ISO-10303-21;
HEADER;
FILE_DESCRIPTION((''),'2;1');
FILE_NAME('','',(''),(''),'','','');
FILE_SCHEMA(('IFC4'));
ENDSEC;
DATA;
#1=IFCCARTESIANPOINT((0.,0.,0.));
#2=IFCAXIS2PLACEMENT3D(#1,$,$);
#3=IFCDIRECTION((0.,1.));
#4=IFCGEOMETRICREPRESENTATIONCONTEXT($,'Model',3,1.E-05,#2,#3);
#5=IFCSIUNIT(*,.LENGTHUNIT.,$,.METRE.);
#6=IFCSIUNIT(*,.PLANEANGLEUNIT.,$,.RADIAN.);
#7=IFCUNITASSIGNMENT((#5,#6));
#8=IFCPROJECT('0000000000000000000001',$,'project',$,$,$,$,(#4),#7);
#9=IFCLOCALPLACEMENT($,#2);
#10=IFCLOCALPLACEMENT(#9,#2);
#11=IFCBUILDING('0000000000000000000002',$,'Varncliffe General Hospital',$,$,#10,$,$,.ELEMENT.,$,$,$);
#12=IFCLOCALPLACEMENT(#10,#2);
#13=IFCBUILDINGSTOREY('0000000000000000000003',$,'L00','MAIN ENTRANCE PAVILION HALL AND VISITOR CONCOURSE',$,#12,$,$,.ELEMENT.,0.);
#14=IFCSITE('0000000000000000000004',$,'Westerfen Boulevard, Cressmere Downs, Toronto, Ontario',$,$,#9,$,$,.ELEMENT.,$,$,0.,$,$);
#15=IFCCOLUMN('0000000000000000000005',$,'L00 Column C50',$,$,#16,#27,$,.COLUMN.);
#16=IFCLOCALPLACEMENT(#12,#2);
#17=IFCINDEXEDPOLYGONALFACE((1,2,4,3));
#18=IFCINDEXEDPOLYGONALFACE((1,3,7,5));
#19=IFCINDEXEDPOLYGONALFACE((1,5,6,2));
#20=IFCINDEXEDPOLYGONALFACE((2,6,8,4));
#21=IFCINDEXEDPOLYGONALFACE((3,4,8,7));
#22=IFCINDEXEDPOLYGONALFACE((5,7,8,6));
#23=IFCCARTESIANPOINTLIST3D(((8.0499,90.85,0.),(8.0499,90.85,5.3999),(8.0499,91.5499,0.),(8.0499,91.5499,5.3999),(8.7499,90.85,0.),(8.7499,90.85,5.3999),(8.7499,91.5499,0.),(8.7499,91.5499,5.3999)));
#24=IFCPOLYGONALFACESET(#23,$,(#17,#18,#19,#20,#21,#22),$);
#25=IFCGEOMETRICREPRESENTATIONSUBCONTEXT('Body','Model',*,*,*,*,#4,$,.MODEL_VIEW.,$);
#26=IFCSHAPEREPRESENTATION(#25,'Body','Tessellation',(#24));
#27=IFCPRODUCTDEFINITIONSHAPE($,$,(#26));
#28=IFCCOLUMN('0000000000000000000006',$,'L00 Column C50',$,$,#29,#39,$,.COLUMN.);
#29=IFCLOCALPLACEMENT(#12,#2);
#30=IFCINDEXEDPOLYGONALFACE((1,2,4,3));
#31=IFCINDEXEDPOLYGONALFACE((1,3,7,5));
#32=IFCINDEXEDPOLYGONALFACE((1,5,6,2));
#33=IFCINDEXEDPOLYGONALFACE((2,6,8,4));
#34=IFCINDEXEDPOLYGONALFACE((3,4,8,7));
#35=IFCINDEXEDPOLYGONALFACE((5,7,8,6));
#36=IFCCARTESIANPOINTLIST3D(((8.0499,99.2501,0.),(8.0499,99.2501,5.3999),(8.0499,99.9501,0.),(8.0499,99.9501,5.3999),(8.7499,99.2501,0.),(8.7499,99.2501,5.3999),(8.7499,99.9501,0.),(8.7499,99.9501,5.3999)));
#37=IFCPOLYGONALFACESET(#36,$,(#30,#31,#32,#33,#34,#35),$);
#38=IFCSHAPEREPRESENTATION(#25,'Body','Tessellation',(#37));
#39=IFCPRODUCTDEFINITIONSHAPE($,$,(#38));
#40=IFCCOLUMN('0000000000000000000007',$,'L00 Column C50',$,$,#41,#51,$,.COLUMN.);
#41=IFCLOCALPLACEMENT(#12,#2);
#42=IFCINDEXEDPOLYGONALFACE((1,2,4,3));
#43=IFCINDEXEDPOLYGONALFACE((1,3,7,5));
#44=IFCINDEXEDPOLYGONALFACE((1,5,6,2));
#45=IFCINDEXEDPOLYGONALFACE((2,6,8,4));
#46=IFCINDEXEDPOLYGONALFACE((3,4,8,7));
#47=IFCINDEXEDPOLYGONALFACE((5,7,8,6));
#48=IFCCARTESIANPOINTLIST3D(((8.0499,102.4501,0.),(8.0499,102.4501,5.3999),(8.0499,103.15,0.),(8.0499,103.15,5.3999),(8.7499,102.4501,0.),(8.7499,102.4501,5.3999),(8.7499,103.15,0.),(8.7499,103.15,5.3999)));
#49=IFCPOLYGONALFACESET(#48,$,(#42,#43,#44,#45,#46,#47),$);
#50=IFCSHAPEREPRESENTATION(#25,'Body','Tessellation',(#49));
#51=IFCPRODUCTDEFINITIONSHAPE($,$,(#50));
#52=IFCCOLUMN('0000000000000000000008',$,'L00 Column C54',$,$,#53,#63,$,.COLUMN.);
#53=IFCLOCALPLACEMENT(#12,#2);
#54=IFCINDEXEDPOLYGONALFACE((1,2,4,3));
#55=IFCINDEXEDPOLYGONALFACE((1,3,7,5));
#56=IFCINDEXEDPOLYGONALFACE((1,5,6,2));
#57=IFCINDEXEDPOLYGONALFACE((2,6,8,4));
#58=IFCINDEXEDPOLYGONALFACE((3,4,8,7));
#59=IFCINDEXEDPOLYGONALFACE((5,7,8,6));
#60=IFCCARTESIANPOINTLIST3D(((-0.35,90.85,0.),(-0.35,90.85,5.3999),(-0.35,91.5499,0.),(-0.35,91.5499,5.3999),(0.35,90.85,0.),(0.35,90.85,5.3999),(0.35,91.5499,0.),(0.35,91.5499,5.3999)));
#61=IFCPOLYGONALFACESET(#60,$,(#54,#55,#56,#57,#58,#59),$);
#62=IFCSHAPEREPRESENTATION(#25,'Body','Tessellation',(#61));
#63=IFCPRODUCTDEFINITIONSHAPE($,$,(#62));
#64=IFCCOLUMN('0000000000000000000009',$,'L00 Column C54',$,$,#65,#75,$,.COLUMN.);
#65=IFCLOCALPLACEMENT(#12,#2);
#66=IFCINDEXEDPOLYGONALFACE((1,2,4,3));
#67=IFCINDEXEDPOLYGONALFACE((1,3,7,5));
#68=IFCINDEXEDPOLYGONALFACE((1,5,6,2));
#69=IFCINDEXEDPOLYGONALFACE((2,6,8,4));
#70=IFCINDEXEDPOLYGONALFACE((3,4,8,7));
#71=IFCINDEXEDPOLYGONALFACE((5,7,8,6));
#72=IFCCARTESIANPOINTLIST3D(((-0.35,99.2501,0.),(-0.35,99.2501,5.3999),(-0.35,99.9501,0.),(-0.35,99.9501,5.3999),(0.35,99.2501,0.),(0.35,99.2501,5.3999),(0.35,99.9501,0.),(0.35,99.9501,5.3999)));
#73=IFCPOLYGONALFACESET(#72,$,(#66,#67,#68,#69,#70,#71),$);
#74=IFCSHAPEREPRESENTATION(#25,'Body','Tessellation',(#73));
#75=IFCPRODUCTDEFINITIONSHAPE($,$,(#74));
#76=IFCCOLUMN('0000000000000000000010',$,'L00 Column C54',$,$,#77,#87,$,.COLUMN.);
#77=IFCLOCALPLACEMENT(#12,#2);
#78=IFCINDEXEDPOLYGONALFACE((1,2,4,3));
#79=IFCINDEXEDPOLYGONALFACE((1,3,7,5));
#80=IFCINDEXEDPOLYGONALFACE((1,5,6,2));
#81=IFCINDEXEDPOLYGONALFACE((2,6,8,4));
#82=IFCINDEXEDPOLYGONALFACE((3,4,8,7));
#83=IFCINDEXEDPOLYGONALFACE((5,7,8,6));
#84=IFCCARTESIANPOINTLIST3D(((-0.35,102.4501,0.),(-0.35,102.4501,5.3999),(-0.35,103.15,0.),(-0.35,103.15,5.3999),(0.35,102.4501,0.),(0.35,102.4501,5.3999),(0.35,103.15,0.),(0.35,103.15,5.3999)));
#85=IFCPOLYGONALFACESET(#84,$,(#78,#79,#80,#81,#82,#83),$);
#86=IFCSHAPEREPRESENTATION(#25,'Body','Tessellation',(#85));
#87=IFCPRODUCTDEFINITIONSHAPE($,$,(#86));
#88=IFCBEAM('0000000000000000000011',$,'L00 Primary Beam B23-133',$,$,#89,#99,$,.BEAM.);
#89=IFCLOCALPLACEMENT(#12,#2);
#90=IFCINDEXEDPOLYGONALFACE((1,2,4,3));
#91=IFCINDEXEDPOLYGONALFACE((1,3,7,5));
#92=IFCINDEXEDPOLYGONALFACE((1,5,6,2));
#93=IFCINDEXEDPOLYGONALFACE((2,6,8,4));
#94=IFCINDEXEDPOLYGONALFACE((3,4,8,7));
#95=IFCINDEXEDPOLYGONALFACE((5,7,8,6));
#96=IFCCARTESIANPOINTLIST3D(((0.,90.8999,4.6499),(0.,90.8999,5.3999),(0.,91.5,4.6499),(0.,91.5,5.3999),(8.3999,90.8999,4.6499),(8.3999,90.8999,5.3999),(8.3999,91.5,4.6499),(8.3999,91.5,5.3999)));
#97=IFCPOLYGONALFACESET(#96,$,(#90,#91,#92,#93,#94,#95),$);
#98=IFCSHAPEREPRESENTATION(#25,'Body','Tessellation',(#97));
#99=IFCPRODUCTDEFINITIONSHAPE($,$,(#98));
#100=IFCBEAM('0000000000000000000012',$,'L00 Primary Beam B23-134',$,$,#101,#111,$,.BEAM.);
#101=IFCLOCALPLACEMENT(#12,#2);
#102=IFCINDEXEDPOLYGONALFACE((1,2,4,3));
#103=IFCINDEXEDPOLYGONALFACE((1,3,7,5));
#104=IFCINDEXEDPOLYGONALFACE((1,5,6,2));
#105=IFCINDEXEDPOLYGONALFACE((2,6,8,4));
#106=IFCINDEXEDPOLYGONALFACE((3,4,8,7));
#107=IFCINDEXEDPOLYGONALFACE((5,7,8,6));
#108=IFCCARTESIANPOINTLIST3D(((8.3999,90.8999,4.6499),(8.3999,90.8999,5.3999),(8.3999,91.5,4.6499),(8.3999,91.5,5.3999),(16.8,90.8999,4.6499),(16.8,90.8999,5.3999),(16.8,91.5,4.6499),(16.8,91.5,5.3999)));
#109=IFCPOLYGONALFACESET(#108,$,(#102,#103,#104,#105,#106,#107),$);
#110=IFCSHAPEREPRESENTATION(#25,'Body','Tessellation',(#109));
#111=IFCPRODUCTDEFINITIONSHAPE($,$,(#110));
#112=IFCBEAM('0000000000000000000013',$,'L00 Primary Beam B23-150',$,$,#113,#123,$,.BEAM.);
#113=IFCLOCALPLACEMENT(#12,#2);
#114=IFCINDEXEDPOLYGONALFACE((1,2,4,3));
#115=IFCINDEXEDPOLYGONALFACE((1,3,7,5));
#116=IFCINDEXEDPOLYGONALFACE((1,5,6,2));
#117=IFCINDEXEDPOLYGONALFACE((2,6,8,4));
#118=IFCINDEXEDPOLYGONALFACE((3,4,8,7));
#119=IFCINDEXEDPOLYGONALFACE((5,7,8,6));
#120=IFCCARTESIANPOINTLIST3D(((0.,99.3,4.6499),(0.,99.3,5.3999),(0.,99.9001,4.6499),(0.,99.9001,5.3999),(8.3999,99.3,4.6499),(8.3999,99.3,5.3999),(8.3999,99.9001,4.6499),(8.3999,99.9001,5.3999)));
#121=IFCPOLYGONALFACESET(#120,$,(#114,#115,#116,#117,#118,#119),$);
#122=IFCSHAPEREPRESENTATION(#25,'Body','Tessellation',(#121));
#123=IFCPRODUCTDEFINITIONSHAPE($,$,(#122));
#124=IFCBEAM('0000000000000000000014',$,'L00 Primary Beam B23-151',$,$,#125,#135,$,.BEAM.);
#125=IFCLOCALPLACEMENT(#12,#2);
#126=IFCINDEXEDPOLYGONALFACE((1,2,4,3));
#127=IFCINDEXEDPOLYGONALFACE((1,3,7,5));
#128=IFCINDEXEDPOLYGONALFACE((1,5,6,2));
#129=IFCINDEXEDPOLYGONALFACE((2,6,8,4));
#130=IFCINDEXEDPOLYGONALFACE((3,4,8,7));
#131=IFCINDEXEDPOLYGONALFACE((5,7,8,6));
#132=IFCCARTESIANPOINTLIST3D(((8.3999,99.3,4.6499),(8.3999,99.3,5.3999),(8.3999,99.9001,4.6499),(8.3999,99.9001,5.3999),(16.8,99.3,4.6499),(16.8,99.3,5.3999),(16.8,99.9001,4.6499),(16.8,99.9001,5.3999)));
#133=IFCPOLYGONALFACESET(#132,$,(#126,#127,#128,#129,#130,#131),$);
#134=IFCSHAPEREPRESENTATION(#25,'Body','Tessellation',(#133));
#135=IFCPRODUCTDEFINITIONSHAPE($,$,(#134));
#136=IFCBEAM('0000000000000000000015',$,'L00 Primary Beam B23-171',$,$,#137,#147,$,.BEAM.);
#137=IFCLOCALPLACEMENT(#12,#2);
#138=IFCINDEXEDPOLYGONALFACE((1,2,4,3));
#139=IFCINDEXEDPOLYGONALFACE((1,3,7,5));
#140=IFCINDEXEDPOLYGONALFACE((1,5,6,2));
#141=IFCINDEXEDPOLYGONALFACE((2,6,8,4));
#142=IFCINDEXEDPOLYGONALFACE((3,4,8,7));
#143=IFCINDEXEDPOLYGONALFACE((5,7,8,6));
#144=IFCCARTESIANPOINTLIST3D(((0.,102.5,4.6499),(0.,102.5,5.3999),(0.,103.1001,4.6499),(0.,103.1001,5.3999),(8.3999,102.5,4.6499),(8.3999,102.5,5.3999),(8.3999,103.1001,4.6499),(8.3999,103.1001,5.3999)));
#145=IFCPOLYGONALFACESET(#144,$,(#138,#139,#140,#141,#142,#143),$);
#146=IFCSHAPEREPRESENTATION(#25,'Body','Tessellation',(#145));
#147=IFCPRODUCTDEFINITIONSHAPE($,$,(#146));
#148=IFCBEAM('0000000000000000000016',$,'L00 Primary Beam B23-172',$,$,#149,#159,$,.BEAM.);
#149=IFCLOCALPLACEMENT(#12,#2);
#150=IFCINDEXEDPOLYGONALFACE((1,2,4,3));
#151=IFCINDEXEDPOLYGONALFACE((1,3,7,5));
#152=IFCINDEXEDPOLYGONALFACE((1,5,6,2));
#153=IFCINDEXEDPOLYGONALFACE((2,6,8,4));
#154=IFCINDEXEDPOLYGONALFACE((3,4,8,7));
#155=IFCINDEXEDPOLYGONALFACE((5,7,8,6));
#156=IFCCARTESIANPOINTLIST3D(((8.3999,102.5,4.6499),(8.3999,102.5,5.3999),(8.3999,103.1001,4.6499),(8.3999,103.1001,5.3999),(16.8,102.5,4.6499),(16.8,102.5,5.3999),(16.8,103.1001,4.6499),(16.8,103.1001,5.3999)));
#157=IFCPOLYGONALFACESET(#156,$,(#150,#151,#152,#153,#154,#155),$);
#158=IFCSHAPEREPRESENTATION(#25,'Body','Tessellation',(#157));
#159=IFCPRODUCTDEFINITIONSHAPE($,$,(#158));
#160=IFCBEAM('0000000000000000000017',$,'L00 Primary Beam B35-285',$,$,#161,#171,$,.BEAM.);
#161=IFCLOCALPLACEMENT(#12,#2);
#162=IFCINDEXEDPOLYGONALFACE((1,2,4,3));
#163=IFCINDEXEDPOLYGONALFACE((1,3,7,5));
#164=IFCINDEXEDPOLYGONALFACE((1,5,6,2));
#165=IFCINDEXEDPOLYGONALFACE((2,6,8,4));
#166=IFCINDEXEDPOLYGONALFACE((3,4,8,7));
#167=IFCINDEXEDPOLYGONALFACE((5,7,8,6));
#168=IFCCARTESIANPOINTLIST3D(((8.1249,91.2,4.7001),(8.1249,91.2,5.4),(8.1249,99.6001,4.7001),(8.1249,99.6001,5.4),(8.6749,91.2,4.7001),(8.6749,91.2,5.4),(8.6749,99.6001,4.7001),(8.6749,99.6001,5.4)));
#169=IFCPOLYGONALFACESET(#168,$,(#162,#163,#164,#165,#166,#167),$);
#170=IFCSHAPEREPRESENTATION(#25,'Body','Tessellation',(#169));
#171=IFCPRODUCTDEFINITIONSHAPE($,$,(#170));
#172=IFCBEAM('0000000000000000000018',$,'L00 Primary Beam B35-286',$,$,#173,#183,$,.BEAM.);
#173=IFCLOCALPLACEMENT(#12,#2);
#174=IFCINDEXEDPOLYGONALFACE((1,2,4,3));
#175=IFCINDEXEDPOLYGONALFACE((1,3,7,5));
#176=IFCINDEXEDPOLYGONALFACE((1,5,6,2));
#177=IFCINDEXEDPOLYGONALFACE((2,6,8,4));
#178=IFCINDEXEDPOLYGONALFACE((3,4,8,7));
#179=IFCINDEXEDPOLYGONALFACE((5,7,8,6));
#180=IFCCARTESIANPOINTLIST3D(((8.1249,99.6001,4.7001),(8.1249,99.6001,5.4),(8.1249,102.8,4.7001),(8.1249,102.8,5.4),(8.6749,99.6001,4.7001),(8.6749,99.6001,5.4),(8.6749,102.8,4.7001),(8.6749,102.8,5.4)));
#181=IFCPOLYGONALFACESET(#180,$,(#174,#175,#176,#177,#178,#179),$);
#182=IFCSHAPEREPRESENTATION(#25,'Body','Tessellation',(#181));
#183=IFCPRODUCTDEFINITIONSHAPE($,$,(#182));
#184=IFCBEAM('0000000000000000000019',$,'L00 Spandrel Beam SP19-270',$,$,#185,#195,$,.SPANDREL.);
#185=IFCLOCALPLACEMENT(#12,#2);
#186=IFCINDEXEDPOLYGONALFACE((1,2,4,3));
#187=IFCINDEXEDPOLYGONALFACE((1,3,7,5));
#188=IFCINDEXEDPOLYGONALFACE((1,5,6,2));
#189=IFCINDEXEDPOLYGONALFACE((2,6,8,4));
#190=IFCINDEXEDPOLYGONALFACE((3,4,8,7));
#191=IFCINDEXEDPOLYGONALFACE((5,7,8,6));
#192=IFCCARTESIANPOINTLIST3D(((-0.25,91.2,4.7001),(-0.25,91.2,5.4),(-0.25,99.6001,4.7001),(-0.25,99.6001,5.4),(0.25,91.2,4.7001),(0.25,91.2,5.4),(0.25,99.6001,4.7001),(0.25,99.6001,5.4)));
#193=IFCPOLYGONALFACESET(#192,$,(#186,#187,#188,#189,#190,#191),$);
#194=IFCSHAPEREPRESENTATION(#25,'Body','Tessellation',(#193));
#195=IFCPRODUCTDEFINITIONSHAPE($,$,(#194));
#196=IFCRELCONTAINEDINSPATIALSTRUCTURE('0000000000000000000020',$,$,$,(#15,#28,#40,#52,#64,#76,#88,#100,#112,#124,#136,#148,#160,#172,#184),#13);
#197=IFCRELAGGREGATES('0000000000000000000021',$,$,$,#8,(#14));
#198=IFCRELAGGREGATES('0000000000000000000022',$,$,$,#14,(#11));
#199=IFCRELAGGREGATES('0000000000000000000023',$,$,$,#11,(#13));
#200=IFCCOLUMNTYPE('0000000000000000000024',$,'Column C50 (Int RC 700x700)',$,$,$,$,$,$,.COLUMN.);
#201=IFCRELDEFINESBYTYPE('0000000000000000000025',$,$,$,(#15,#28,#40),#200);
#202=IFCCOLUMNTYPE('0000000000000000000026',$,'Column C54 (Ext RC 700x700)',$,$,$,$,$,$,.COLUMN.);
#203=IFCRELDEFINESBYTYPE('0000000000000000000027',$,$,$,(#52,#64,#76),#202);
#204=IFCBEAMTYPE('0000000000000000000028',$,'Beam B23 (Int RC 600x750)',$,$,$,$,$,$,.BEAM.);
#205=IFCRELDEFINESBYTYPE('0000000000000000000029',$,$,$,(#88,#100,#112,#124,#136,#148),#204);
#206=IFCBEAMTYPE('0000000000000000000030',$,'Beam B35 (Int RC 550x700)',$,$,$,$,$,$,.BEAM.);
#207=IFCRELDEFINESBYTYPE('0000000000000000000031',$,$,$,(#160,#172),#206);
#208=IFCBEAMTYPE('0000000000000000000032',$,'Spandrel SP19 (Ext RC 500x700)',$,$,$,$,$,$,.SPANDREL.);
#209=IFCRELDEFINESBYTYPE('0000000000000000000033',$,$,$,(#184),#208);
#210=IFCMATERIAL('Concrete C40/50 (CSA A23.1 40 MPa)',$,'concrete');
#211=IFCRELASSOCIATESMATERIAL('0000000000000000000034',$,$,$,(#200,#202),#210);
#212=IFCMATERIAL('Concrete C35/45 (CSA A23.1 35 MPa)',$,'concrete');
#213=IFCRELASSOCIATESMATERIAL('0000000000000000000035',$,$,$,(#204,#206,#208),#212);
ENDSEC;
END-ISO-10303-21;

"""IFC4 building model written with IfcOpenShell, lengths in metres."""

from ifc_helpers import new_model, si_unit, direction, frame, origin, origin_2d, place, context, subcontext, project, spatial, rectangle, extrude, material, material_profile, profile_set, type_object, element, save


model = new_model("IFC4")

# Units and contexts
model_context = context("Model", 3, precision=1e-05, world=origin(), true_north=direction((0.0, 1.0)))
body_context = subcontext(model_context, "Body", "Model", "MODEL_VIEW")
ifc_project = project(units=[si_unit("LENGTHUNIT", "METRE"), si_unit("PLANEANGLEUNIT", "RADIAN")], contexts=[model_context])

# Site, building, storey
site_placement = place(None, origin())
site = spatial("IfcSite", under=ifc_project, at=site_placement, Name="Westerfen Boulevard, Cressmere Downs, Toronto, Ontario", CompositionType="ELEMENT", RefElevation=0.0)
building_placement = place(site_placement, origin())
building = spatial("IfcBuilding", under=site, at=building_placement, Name="Varncliffe General Hospital", CompositionType="ELEMENT")
storey_placement = place(building_placement, origin())
storey = spatial("IfcBuildingStorey", under=building, at=storey_placement, Name="L00", Description="MAIN ENTRANCE PAVILION HALL AND VISITOR CONCOURSE", CompositionType="ELEMENT", Elevation=0.0)

# Columns
ifc_material_1 = material(Name="Concrete C40/50 (CSA A23.1 40 MPa)", Category="concrete")
ifc_material_profile_1 = material_profile(ifc_material_1, rectangle(XDim=0.7, YDim=0.7, at=origin_2d()), Name="RC 700x700")
ifc_profile_set_1 = profile_set([ifc_material_profile_1], Name="Concrete C40/50 (CSA A23.1 40 MPa)")
column_type_1 = type_object("IfcColumnType", Name="Column C50 (Int RC 700x700)", PredefinedType="COLUMN", material=ifc_profile_set_1)
for number, where, z_axis, x_axis, name in (
    (1, (8.3999, 91.2, 0.0), (0.0, 0.0, 1.0), (1.0, 0.0, 0.0), "L00 Column C50"),
    (2, (8.3999, 99.6001, 0.0), (0.0, 0.0, 1.0), (1.0, 0.0, 0.0), "L00 Column C50"),
    (3, (8.3999, 102.8, 0.0), (0.0, 0.0, 1.0), (1.0, 0.0, 0.0), "L00 Column C50"),
):
    element("IfcColumn", number, at=place(storey_placement, frame(where, z_axis=z_axis, x_axis=x_axis)), inside=storey, type_object=column_type_1, Name=name, PredefinedType="COLUMN", context=body_context, shape_type="SweptSolid", body=[
        extrude(rectangle(XDim=0.7, YDim=0.7, at=origin_2d()), origin(), (0.0, 0.0, 1.0), 5.3999),
    ])
ifc_material_profile_2 = material_profile(ifc_material_1, rectangle(XDim=0.7, YDim=0.7, at=origin_2d()), Name="RC 700x700")
ifc_profile_set_2 = profile_set([ifc_material_profile_2], Name="Concrete C40/50 (CSA A23.1 40 MPa)")
column_type_2 = type_object("IfcColumnType", Name="Column C54 (Ext RC 700x700)", PredefinedType="COLUMN", material=ifc_profile_set_2)
for number, where, z_axis, x_axis, name in (
    (4, (0.0, 91.2, 0.0), (0.0, 0.0, 1.0), (1.0, 0.0, 0.0), "L00 Column C54"),
    (5, (0.0, 99.6001, 0.0), (0.0, 0.0, 1.0), (1.0, 0.0, 0.0), "L00 Column C54"),
    (6, (0.0, 102.8, 0.0), (0.0, 0.0, 1.0), (1.0, 0.0, 0.0), "L00 Column C54"),
):
    element("IfcColumn", number, at=place(storey_placement, frame(where, z_axis=z_axis, x_axis=x_axis)), inside=storey, type_object=column_type_2, Name=name, PredefinedType="COLUMN", context=body_context, shape_type="SweptSolid", body=[
        extrude(rectangle(XDim=0.7, YDim=0.7, at=origin_2d()), origin(), (0.0, 0.0, 1.0), 5.3999),
    ])

# Beams
ifc_material_2 = material(Name="Concrete C35/45 (CSA A23.1 35 MPa)", Category="concrete")
ifc_material_profile_3 = material_profile(ifc_material_2, rectangle(XDim=0.6001, YDim=0.75, at=origin_2d()), Name="RC 600x750")
ifc_profile_set_3 = profile_set([ifc_material_profile_3], Name="Concrete C35/45 (CSA A23.1 35 MPa)")
beam_type_1 = type_object("IfcBeamType", Name="Beam B23 (Int RC 600x750)", PredefinedType="BEAM", material=ifc_profile_set_3)
beam_1_placement = place(storey_placement, frame((0.0, 91.2, 5.0249), z_axis=(1.0, 0.0, 0.0), x_axis=(0.0, 1.0, 0.0)))
element("IfcBeam", 7, at=beam_1_placement, inside=storey, type_object=beam_type_1, Name="L00 Primary Beam B23-133", PredefinedType="BEAM", context=body_context, shape_type="SweptSolid", body=[
    extrude(rectangle(XDim=0.6001, YDim=0.75, at=origin_2d()), origin(), (0.0, 0.0, 1.0), 8.3999),
])
beam_2_placement = place(storey_placement, frame((8.3999, 91.2, 5.0249), z_axis=(1.0, 0.0, 0.0), x_axis=(0.0, 1.0, 0.0)))
element("IfcBeam", 8, at=beam_2_placement, inside=storey, type_object=beam_type_1, Name="L00 Primary Beam B23-134", PredefinedType="BEAM", context=body_context, shape_type="SweptSolid", body=[
    extrude(rectangle(XDim=0.6001, YDim=0.75, at=origin_2d()), origin(), (0.0, 0.0, 1.0), 8.4001),
])
beam_3_placement = place(storey_placement, frame((0.0, 99.6001, 5.0249), z_axis=(1.0, 0.0, 0.0), x_axis=(0.0, 1.0, 0.0)))
element("IfcBeam", 9, at=beam_3_placement, inside=storey, type_object=beam_type_1, Name="L00 Primary Beam B23-150", PredefinedType="BEAM", context=body_context, shape_type="SweptSolid", body=[
    extrude(rectangle(XDim=0.6001, YDim=0.75, at=origin_2d()), origin(), (0.0, 0.0, 1.0), 8.3999),
])
beam_4_placement = place(storey_placement, frame((8.3999, 99.6001, 5.0249), z_axis=(1.0, 0.0, 0.0), x_axis=(0.0, 1.0, 0.0)))
element("IfcBeam", 10, at=beam_4_placement, inside=storey, type_object=beam_type_1, Name="L00 Primary Beam B23-151", PredefinedType="BEAM", context=body_context, shape_type="SweptSolid", body=[
    extrude(rectangle(XDim=0.6001, YDim=0.75, at=origin_2d()), origin(), (0.0, 0.0, 1.0), 8.4001),
])
beam_5_placement = place(storey_placement, frame((0.0, 102.8, 5.0249), z_axis=(1.0, 0.0, 0.0), x_axis=(0.0, 1.0, 0.0)))
element("IfcBeam", 11, at=beam_5_placement, inside=storey, type_object=beam_type_1, Name="L00 Primary Beam B23-171", PredefinedType="BEAM", context=body_context, shape_type="SweptSolid", body=[
    extrude(rectangle(XDim=0.6001, YDim=0.75, at=origin_2d()), origin(), (0.0, 0.0, 1.0), 8.3999),
])
beam_6_placement = place(storey_placement, frame((8.3999, 102.8, 5.0249), z_axis=(1.0, 0.0, 0.0), x_axis=(0.0, 1.0, 0.0)))
element("IfcBeam", 12, at=beam_6_placement, inside=storey, type_object=beam_type_1, Name="L00 Primary Beam B23-172", PredefinedType="BEAM", context=body_context, shape_type="SweptSolid", body=[
    extrude(rectangle(XDim=0.6001, YDim=0.75, at=origin_2d()), origin(), (0.0, 0.0, 1.0), 8.4001),
])
ifc_material_profile_4 = material_profile(ifc_material_2, rectangle(XDim=0.55, YDim=0.7, at=origin_2d()), Name="RC 550x700")
ifc_profile_set_4 = profile_set([ifc_material_profile_4], Name="Concrete C35/45 (CSA A23.1 35 MPa)")
beam_type_2 = type_object("IfcBeamType", Name="Beam B35 (Int RC 550x700)", PredefinedType="BEAM", material=ifc_profile_set_4)
beam_7_placement = place(storey_placement, frame((8.3999, 91.2, 5.05), z_axis=(0.0, 1.0, 0.0), x_axis=(-1.0, 0.0, 0.0)))
element("IfcBeam", 13, at=beam_7_placement, inside=storey, type_object=beam_type_2, Name="L00 Primary Beam B35-285", PredefinedType="BEAM", context=body_context, shape_type="SweptSolid", body=[
    extrude(rectangle(XDim=0.55, YDim=0.7, at=origin_2d()), origin(), (0.0, 0.0, 1.0), 8.4001),
])
beam_8_placement = place(storey_placement, frame((8.3999, 99.6001, 5.05), z_axis=(0.0, 1.0, 0.0), x_axis=(-1.0, 0.0, 0.0)))
element("IfcBeam", 14, at=beam_8_placement, inside=storey, type_object=beam_type_2, Name="L00 Primary Beam B35-286", PredefinedType="BEAM", context=body_context, shape_type="SweptSolid", body=[
    extrude(rectangle(XDim=0.55, YDim=0.7, at=origin_2d()), origin(), (0.0, 0.0, 1.0), 3.2),
])
ifc_material_profile_5 = material_profile(ifc_material_2, rectangle(XDim=0.5, YDim=0.7, at=origin_2d()), Name="RC 500x700")
ifc_profile_set_5 = profile_set([ifc_material_profile_5], Name="Concrete C35/45 (CSA A23.1 35 MPa)")
beam_type_3 = type_object("IfcBeamType", Name="Spandrel SP19 (Ext RC 500x700)", PredefinedType="SPANDREL", material=ifc_profile_set_5)
beam_9_placement = place(storey_placement, frame((0.0, 91.2, 5.05), z_axis=(0.0, 1.0, 0.0), x_axis=(-1.0, 0.0, 0.0)))
element("IfcBeam", 15, at=beam_9_placement, inside=storey, type_object=beam_type_3, Name="L00 Spandrel Beam SP19-270", PredefinedType="SPANDREL", context=body_context, shape_type="SweptSolid", body=[
    extrude(rectangle(XDim=0.5, YDim=0.7, at=origin_2d()), origin(), (0.0, 0.0, 1.0), 8.4001),
])

save(model, "model.ifc")
